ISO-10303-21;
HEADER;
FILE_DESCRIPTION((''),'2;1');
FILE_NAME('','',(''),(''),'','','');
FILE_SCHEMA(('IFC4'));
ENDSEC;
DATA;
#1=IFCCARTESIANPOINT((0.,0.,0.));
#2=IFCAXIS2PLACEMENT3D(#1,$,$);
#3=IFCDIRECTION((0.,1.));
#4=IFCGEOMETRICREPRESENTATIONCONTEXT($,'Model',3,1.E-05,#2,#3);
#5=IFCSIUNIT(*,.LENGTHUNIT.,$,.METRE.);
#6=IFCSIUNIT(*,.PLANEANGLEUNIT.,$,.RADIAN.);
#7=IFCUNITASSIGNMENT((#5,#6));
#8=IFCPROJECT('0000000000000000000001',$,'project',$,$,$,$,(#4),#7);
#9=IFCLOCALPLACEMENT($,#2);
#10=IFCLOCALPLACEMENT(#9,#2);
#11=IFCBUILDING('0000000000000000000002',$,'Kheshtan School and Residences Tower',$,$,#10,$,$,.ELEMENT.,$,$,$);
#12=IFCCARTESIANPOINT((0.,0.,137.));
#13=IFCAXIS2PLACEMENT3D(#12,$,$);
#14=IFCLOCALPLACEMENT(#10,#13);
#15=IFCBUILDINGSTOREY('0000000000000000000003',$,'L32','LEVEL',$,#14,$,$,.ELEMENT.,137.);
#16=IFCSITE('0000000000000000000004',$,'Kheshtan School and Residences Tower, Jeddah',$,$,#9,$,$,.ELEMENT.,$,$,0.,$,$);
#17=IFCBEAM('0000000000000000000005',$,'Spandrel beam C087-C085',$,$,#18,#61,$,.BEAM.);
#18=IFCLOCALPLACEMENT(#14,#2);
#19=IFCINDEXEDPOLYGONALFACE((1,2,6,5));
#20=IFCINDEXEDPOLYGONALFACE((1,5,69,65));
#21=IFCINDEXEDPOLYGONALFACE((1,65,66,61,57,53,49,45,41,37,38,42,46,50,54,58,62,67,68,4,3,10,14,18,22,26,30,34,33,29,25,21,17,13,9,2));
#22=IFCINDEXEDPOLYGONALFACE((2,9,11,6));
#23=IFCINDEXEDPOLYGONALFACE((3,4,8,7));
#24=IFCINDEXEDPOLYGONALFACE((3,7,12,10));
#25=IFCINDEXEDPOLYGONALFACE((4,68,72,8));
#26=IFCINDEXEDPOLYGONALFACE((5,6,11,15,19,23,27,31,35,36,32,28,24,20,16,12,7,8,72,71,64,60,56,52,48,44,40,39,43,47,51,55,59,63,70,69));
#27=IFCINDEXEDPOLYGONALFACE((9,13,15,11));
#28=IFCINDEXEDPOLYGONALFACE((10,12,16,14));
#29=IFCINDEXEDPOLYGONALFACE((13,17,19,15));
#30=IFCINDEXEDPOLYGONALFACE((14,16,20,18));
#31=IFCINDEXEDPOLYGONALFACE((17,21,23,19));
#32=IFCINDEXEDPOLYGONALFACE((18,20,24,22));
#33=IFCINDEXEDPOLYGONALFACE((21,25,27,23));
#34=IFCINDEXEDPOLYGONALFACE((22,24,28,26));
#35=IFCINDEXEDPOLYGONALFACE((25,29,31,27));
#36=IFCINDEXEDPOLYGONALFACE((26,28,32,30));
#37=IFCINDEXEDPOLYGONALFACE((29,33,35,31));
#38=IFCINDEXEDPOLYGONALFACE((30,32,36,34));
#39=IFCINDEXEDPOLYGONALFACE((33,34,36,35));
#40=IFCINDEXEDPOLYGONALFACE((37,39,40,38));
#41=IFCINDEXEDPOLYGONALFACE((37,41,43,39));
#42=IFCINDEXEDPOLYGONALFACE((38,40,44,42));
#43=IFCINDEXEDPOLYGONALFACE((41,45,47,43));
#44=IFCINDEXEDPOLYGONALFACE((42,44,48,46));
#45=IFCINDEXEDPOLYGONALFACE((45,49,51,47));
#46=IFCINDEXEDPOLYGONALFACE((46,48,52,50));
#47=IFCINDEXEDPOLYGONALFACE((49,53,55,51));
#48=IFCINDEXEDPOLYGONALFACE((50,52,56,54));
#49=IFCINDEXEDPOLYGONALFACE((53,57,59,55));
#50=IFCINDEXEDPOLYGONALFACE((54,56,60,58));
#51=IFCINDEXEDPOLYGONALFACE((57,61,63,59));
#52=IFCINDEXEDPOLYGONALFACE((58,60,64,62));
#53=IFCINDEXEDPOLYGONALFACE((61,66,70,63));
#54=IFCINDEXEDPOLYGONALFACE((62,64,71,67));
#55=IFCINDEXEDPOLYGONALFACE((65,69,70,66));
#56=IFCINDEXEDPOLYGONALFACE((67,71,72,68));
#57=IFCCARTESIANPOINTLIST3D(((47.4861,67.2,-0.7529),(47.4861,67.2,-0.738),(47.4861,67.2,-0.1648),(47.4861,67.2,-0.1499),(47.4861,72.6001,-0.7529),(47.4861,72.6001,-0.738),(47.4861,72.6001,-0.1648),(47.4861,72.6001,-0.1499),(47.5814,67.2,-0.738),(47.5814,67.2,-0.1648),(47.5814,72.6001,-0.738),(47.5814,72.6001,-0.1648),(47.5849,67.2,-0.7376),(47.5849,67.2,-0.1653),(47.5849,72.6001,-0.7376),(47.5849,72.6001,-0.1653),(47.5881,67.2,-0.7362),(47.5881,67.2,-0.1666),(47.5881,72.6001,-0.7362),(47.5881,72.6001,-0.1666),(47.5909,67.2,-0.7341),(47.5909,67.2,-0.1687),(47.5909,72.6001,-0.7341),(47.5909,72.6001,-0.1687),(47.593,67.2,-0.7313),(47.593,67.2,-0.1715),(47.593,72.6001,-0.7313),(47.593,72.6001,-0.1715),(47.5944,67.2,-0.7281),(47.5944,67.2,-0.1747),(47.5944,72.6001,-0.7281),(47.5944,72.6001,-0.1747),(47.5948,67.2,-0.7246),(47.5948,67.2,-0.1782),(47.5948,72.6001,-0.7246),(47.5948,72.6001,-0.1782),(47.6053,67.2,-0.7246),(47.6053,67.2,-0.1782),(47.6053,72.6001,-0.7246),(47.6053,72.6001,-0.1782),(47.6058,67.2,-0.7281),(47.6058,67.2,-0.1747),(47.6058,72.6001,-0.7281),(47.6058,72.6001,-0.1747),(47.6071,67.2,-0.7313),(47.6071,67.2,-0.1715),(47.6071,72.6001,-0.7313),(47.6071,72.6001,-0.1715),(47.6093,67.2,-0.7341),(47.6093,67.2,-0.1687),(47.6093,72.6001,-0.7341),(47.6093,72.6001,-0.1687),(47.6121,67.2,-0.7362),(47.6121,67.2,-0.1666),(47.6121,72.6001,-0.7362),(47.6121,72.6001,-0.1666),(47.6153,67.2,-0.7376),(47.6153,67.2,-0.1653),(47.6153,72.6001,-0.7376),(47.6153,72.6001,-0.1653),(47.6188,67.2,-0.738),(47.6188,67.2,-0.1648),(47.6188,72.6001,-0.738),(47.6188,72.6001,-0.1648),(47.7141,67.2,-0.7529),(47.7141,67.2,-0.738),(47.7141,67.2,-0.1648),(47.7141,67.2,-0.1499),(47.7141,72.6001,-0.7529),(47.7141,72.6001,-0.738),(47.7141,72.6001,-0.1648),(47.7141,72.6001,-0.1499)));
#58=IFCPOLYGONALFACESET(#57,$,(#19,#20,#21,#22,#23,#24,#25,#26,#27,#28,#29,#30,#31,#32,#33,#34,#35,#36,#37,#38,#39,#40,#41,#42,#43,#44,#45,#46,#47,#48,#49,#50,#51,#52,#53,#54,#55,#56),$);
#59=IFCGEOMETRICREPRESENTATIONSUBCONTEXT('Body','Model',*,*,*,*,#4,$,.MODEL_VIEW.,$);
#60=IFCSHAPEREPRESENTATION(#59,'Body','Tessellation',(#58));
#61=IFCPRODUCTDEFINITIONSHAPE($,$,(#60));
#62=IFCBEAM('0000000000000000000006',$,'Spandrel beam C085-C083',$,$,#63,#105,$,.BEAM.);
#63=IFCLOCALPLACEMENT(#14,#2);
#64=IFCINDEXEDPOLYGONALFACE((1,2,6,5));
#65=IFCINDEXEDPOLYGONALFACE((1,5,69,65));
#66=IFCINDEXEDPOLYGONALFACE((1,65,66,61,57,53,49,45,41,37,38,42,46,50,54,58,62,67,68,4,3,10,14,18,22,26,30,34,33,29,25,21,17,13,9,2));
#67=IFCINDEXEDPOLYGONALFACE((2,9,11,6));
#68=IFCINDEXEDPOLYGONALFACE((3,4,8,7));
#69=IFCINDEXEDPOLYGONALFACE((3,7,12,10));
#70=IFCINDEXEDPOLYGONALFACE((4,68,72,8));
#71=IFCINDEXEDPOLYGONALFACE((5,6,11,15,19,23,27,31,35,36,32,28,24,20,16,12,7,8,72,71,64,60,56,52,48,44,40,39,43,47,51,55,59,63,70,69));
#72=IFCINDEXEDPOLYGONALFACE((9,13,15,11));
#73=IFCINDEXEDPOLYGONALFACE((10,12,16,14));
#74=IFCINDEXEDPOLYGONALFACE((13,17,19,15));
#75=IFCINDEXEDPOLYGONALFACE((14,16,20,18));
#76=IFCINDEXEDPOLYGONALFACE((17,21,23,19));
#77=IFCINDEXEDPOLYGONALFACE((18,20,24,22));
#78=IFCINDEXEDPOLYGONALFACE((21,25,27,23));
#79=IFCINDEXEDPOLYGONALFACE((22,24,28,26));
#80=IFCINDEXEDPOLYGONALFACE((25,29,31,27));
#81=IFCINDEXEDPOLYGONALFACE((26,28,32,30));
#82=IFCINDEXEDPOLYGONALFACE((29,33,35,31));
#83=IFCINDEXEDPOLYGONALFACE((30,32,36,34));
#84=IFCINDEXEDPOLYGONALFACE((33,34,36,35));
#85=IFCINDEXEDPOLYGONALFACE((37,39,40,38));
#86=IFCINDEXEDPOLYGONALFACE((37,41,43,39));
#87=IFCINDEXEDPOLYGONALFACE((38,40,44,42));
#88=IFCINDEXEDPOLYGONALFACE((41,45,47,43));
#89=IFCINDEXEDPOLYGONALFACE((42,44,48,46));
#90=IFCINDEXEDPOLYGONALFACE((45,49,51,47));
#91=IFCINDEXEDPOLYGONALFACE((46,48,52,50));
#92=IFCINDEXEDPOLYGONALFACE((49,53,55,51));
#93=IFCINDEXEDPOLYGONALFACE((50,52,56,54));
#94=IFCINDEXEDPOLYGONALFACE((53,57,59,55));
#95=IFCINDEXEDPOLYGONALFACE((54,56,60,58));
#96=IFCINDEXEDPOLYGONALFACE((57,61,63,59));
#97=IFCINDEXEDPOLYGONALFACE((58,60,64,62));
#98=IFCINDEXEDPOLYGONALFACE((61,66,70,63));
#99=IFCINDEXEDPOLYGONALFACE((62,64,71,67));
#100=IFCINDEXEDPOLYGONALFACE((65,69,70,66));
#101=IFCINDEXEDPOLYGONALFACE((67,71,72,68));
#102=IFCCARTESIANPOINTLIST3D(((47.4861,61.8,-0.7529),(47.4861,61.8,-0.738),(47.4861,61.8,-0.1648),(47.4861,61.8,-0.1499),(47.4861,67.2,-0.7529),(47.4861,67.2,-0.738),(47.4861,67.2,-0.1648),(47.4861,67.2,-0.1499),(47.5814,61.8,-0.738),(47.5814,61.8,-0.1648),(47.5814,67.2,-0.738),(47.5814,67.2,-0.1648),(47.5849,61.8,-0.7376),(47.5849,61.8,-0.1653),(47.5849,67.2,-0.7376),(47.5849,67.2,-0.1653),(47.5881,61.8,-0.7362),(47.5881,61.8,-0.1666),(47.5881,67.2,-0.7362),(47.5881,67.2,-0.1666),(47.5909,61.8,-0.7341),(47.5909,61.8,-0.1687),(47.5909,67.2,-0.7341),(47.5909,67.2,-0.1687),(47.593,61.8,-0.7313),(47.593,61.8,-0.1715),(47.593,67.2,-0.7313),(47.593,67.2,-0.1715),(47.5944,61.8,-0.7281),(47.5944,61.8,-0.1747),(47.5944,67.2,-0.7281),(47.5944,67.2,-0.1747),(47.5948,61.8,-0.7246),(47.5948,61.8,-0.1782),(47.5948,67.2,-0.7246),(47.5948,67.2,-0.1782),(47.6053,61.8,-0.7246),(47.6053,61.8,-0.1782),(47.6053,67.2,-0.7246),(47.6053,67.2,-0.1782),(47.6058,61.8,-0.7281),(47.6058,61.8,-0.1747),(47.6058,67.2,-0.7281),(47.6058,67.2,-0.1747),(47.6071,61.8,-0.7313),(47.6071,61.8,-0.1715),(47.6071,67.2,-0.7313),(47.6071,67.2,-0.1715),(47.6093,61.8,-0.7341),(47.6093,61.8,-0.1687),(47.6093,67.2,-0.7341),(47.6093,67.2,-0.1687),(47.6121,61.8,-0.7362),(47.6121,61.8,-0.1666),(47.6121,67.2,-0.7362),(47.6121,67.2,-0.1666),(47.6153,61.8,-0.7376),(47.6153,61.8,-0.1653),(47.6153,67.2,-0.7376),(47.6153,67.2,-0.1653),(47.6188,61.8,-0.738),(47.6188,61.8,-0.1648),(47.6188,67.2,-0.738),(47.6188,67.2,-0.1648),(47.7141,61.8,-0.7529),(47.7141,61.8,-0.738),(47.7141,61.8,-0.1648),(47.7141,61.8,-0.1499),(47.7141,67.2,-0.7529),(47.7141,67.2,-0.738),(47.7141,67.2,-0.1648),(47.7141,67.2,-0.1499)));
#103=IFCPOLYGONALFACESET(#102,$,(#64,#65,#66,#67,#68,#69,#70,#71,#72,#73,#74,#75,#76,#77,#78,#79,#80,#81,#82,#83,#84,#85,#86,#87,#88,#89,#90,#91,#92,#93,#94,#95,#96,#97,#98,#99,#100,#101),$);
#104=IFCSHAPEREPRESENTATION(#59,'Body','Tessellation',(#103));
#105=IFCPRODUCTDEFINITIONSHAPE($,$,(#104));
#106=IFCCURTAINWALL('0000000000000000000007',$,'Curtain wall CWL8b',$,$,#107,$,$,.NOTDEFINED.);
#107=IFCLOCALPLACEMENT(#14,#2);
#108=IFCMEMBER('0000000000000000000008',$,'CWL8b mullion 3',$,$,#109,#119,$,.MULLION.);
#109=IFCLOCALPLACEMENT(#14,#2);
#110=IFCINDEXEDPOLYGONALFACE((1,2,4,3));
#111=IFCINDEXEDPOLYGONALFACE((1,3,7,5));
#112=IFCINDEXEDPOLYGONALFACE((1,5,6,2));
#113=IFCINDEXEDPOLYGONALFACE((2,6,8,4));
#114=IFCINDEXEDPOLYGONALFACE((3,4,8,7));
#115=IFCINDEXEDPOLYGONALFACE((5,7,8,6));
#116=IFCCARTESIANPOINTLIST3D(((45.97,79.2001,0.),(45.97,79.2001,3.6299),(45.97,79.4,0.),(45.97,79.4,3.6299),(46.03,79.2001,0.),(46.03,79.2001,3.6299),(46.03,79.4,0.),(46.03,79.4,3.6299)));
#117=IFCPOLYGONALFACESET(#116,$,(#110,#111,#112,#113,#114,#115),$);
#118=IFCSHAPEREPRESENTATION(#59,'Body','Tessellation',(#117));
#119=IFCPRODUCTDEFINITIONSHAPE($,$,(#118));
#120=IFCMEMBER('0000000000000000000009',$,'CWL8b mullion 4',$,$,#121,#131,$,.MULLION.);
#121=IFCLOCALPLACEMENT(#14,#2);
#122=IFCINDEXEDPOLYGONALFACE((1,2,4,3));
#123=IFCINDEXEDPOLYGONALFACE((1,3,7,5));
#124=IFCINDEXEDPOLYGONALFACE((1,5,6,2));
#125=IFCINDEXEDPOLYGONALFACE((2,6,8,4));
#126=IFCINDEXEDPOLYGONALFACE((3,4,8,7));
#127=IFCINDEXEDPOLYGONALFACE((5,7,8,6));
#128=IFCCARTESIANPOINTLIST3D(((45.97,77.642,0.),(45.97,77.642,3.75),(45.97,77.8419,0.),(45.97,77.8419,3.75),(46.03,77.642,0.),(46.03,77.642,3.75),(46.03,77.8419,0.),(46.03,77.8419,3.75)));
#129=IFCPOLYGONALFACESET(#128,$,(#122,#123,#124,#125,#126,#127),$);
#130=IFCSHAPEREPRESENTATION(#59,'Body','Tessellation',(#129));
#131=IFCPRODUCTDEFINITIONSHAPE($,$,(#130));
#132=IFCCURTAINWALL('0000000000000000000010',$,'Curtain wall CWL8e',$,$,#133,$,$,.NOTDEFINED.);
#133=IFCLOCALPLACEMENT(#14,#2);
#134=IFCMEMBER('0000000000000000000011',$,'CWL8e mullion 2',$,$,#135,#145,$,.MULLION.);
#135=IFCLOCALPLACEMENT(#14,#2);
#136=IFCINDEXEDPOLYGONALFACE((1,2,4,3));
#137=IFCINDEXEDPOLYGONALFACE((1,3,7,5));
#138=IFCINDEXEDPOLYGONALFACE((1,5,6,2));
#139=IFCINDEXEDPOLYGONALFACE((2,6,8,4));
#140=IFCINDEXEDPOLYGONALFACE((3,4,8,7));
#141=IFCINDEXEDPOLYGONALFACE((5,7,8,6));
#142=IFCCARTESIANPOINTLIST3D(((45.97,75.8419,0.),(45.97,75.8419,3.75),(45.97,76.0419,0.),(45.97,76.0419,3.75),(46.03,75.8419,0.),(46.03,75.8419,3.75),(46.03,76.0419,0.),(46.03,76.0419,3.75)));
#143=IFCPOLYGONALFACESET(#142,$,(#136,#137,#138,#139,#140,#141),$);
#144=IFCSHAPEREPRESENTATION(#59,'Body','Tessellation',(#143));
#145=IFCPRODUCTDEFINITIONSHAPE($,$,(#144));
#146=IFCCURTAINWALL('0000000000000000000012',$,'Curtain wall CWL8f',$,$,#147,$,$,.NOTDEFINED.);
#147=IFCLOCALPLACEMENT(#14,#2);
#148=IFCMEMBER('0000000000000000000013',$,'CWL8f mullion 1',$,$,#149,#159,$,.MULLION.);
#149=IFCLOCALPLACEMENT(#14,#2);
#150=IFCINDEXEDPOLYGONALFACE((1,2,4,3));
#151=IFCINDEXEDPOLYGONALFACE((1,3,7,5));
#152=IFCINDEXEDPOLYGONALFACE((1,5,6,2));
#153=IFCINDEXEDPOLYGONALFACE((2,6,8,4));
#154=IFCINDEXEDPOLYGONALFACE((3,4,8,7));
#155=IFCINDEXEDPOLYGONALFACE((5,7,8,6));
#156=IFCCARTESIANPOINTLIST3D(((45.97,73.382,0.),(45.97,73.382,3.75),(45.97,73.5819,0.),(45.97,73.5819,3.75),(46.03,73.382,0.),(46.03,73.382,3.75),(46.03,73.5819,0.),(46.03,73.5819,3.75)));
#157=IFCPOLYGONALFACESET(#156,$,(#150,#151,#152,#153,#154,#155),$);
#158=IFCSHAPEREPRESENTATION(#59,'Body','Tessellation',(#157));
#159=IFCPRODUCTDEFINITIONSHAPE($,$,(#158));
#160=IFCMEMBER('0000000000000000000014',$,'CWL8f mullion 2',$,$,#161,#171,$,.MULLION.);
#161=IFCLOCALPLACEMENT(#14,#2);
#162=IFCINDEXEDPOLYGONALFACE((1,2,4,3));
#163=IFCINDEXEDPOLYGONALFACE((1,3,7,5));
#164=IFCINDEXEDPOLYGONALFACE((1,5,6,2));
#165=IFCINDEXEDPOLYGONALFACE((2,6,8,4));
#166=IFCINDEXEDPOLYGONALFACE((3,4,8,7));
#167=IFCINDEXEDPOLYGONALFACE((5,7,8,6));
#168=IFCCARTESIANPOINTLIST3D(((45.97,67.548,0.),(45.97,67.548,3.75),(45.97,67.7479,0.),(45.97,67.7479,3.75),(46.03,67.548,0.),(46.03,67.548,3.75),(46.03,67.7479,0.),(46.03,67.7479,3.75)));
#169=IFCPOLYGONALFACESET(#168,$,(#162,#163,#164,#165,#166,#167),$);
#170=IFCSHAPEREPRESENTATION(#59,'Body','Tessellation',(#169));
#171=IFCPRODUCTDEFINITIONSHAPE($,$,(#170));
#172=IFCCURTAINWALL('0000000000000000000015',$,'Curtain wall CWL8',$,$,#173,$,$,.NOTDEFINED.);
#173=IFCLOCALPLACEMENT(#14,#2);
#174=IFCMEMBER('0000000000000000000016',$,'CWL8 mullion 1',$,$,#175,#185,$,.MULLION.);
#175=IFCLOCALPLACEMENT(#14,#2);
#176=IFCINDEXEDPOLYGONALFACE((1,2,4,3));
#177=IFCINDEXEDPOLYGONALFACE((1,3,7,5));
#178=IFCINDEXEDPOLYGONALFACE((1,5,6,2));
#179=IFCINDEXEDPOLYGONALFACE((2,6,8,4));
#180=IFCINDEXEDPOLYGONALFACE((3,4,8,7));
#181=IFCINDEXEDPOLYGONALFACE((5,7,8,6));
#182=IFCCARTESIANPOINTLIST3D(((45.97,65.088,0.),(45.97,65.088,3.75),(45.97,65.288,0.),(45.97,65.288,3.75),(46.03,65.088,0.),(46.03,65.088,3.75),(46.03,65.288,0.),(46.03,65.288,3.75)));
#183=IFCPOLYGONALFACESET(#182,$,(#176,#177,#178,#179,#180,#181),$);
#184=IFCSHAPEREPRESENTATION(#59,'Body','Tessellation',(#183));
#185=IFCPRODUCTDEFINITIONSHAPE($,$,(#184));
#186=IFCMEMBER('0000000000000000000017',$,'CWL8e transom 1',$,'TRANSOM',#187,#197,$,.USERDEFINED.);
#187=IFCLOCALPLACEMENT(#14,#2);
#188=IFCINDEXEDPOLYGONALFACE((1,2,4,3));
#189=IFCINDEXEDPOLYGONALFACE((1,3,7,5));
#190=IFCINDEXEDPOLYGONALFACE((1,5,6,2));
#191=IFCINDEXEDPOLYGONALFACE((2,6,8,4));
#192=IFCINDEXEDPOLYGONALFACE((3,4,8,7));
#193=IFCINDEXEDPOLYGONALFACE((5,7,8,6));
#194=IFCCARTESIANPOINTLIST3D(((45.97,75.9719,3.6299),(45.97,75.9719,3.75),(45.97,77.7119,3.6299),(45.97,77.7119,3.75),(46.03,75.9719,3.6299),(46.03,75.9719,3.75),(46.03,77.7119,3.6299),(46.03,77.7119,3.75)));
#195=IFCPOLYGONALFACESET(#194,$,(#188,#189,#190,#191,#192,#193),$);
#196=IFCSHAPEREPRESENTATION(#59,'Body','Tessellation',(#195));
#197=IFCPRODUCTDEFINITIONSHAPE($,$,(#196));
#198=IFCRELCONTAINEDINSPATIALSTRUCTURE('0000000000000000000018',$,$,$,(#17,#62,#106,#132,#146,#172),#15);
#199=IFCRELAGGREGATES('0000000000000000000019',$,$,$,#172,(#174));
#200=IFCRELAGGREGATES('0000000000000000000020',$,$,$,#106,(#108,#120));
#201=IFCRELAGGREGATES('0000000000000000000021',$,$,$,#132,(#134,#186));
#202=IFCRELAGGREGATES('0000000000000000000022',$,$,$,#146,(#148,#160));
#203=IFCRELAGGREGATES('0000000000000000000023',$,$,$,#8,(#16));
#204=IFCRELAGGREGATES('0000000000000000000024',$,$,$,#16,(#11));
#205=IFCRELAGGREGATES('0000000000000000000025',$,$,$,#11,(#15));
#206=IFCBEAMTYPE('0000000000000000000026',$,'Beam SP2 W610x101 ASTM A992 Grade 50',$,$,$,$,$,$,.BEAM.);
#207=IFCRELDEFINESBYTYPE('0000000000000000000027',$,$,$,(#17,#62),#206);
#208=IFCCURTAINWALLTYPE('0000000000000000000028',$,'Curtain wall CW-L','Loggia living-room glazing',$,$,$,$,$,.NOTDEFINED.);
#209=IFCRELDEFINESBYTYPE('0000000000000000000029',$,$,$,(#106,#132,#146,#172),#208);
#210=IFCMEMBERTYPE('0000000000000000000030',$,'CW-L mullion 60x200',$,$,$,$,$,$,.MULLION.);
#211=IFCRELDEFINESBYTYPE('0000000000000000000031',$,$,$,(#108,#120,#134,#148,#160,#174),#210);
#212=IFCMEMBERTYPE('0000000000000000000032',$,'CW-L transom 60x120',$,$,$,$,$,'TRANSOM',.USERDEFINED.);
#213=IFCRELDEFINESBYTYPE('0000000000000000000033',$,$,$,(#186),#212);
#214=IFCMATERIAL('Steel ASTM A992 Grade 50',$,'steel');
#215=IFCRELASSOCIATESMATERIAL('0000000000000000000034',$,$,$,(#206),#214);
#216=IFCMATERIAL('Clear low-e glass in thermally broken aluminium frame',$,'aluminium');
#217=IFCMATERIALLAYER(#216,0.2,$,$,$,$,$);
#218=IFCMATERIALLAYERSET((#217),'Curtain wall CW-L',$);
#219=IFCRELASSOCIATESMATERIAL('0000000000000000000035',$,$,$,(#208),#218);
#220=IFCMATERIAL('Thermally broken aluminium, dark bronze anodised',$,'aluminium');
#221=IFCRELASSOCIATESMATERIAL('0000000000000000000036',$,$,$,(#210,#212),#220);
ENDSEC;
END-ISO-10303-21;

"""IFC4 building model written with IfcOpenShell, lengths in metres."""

from ifc_helpers import new_model, si_unit, direction, frame, origin, origin_2d, place, context, subcontext, project, spatial, rectangle, i_section, extrude, material, layer, layer_set, material_profile, profile_set, type_object, element, aggregate, save


model = new_model("IFC4")

# Units and contexts
model_context = context("Model", 3, precision=1e-05, world=origin(), true_north=direction((0.0, 1.0)))
body_context = subcontext(model_context, "Body", "Model", "MODEL_VIEW")
ifc_project = project(units=[si_unit("LENGTHUNIT", "METRE"), si_unit("PLANEANGLEUNIT", "RADIAN")], contexts=[model_context])

# Site, building, storey
site_placement = place(None, origin())
site = spatial("IfcSite", under=ifc_project, at=site_placement, Name="Kheshtan School and Residences Tower, Jeddah", CompositionType="ELEMENT", RefElevation=0.0)
building_placement = place(site_placement, origin())
building = spatial("IfcBuilding", under=site, at=building_placement, Name="Kheshtan School and Residences Tower", CompositionType="ELEMENT")
storey_placement = place(building_placement, frame((0.0, 0.0, 137.0)))
storey = spatial("IfcBuildingStorey", under=building, at=storey_placement, Name="L32", Description="LEVEL", CompositionType="ELEMENT", Elevation=137.0)

# Shared definitions
ifc_material_1 = material(Name="Steel ASTM A992 Grade 50", Category="steel")

# Beams
ifc_material_profile_1 = material_profile(ifc_material_1, i_section(OverallWidth=0.228, OverallDepth=0.603, WebThickness=0.0105, FlangeThickness=0.0149, FilletRadius=0.0134, at=origin_2d()), Name="W610x101")
ifc_profile_set_1 = profile_set([ifc_material_profile_1], Name="Steel ASTM A992 Grade 50")
beam_type = type_object("IfcBeamType", Name="Beam SP2 W610x101 ASTM A992 Grade 50", PredefinedType="BEAM", material=ifc_profile_set_1)
beam_1_placement = place(storey_placement, frame((47.6001, 72.6001, -0.4514), z_axis=(0.0, -1.0, 0.0), x_axis=(1.0, 0.0, 0.0)))
element("IfcBeam", 1, at=beam_1_placement, inside=storey, type_object=beam_type, Name="Spandrel beam C087-C085", PredefinedType="BEAM", context=body_context, shape_type="SweptSolid", body=[
    extrude(i_section(OverallWidth=0.228, OverallDepth=0.603, WebThickness=0.0105, FlangeThickness=0.0149, FilletRadius=0.0134, at=origin_2d()), origin(), (0.0, 0.0, 1.0), 5.4001),
])
beam_2_placement = place(storey_placement, frame((47.6001, 67.2, -0.4514), z_axis=(0.0, -1.0, 0.0), x_axis=(1.0, 0.0, 0.0)))
element("IfcBeam", 2, at=beam_2_placement, inside=storey, type_object=beam_type, Name="Spandrel beam C085-C083", PredefinedType="BEAM", context=body_context, shape_type="SweptSolid", body=[
    extrude(i_section(OverallWidth=0.228, OverallDepth=0.603, WebThickness=0.0105, FlangeThickness=0.0149, FilletRadius=0.0134, at=origin_2d()), origin(), (0.0, 0.0, 1.0), 5.3999),
])

# Curtain wall, members
ifc_material_2 = material(Name="Clear low-e glass in thermally broken aluminium frame", Category="aluminium")
ifc_layer_1 = layer(ifc_material_2, 0.2)
ifc_layer_set_1 = layer_set([ifc_layer_1], Name="Curtain wall CW-L")
curtain_wall_type = type_object("IfcCurtainWallType", Name="Curtain wall CW-L", Description="Loggia living-room glazing", PredefinedType="NOTDEFINED", material=ifc_layer_set_1)
curtain_wall_1_placement = place(storey_placement, origin())
curtain_wall_1 = element("IfcCurtainWall", 3, at=curtain_wall_1_placement, inside=storey, type_object=curtain_wall_type, Name="Curtain wall CWL8b", PredefinedType="NOTDEFINED")
ifc_material_3 = material(Name="Thermally broken aluminium, dark bronze anodised", Category="aluminium")
ifc_material_profile_2 = material_profile(ifc_material_3, rectangle(XDim=0.0601, YDim=0.2, at=origin_2d()), Name="CW-L mullion 60x200")
ifc_profile_set_2 = profile_set([ifc_material_profile_2], Name="Thermally broken aluminium, dark bronze anodised")
member_type_1 = type_object("IfcMemberType", Name="CW-L mullion 60x200", PredefinedType="MULLION", material=ifc_profile_set_2)
member_1_placement = place(storey_placement, frame((46.0, 79.3, 0.0), z_axis=(0.0, 0.0, 1.0), x_axis=(1.0, 0.0, 0.0)))
member_1 = element("IfcMember", 4, at=member_1_placement, type_object=member_type_1, Name="CWL8b mullion 3", PredefinedType="MULLION", context=body_context, shape_type="SweptSolid", body=[
    extrude(rectangle(XDim=0.0601, YDim=0.2, at=origin_2d()), origin(), (0.0, 0.0, 1.0), 3.6299),
])
member_2_placement = place(storey_placement, frame((46.0, 77.7419, 0.0), z_axis=(0.0, 0.0, 1.0), x_axis=(1.0, 0.0, 0.0)))
member_2 = element("IfcMember", 5, at=member_2_placement, type_object=member_type_1, Name="CWL8b mullion 4", PredefinedType="MULLION", context=body_context, shape_type="SweptSolid", body=[
    extrude(rectangle(XDim=0.0601, YDim=0.2, at=origin_2d()), origin(), (0.0, 0.0, 1.0), 3.75),
])

# Curtain wall, member
curtain_wall_2_placement = place(storey_placement, origin())
curtain_wall_2 = element("IfcCurtainWall", 6, at=curtain_wall_2_placement, inside=storey, type_object=curtain_wall_type, Name="Curtain wall CWL8e", PredefinedType="NOTDEFINED")
member_3_placement = place(storey_placement, frame((46.0, 75.9419, 0.0), z_axis=(0.0, 0.0, 1.0), x_axis=(1.0, 0.0, 0.0)))
member_3 = element("IfcMember", 7, at=member_3_placement, type_object=member_type_1, Name="CWL8e mullion 2", PredefinedType="MULLION", context=body_context, shape_type="SweptSolid", body=[
    extrude(rectangle(XDim=0.0601, YDim=0.2, at=origin_2d()), origin(), (0.0, 0.0, 1.0), 3.75),
])

# Curtain wall, members
curtain_wall_3_placement = place(storey_placement, origin())
curtain_wall_3 = element("IfcCurtainWall", 8, at=curtain_wall_3_placement, inside=storey, type_object=curtain_wall_type, Name="Curtain wall CWL8f", PredefinedType="NOTDEFINED")
member_4_placement = place(storey_placement, frame((46.0, 73.4819, 0.0), z_axis=(0.0, 0.0, 1.0), x_axis=(1.0, 0.0, 0.0)))
member_4 = element("IfcMember", 9, at=member_4_placement, type_object=member_type_1, Name="CWL8f mullion 1", PredefinedType="MULLION", context=body_context, shape_type="SweptSolid", body=[
    extrude(rectangle(XDim=0.0601, YDim=0.2, at=origin_2d()), origin(), (0.0, 0.0, 1.0), 3.75),
])
member_5_placement = place(storey_placement, frame((46.0, 67.6479, 0.0), z_axis=(0.0, 0.0, 1.0), x_axis=(1.0, 0.0, 0.0)))
member_5 = element("IfcMember", 10, at=member_5_placement, type_object=member_type_1, Name="CWL8f mullion 2", PredefinedType="MULLION", context=body_context, shape_type="SweptSolid", body=[
    extrude(rectangle(XDim=0.0601, YDim=0.2, at=origin_2d()), origin(), (0.0, 0.0, 1.0), 3.75),
])

# Curtain wall, member
curtain_wall_4_placement = place(storey_placement, origin())
curtain_wall_4 = element("IfcCurtainWall", 11, at=curtain_wall_4_placement, inside=storey, type_object=curtain_wall_type, Name="Curtain wall CWL8", PredefinedType="NOTDEFINED")
member_6_placement = place(storey_placement, frame((46.0, 65.188, 0.0), z_axis=(0.0, 0.0, 1.0), x_axis=(1.0, 0.0, 0.0)))
member_6 = element("IfcMember", 12, at=member_6_placement, type_object=member_type_1, Name="CWL8 mullion 1", PredefinedType="MULLION", context=body_context, shape_type="SweptSolid", body=[
    extrude(rectangle(XDim=0.0601, YDim=0.2, at=origin_2d()), origin(), (0.0, 0.0, 1.0), 3.75),
])

# Member
ifc_material_profile_3 = material_profile(ifc_material_3, rectangle(XDim=0.0601, YDim=0.1201, at=origin_2d()), Name="CW-L transom 60x120")
ifc_profile_set_3 = profile_set([ifc_material_profile_3], Name="Thermally broken aluminium, dark bronze anodised")
member_type_2 = type_object("IfcMemberType", Name="CW-L transom 60x120", ElementType="TRANSOM", PredefinedType="USERDEFINED", material=ifc_profile_set_3)
member_7_placement = place(storey_placement, frame((46.0, 77.7119, 3.6899), z_axis=(0.0, -1.0, 0.0), x_axis=(1.0, 0.0, 0.0)))
member_7 = element("IfcMember", 13, at=member_7_placement, type_object=member_type_2, Name="CWL8e transom 1", ObjectType="TRANSOM", PredefinedType="USERDEFINED", context=body_context, shape_type="SweptSolid", body=[
    extrude(rectangle(XDim=0.0601, YDim=0.1201, at=origin_2d()), origin(), (0.0, 0.0, 1.0), 1.74),
])
aggregate(curtain_wall_4, [member_6])

aggregate(curtain_wall_1, [member_1, member_2])
aggregate(curtain_wall_2, [member_3, member_7])
aggregate(curtain_wall_3, [member_4, member_5])

save(model, "model.ifc")
